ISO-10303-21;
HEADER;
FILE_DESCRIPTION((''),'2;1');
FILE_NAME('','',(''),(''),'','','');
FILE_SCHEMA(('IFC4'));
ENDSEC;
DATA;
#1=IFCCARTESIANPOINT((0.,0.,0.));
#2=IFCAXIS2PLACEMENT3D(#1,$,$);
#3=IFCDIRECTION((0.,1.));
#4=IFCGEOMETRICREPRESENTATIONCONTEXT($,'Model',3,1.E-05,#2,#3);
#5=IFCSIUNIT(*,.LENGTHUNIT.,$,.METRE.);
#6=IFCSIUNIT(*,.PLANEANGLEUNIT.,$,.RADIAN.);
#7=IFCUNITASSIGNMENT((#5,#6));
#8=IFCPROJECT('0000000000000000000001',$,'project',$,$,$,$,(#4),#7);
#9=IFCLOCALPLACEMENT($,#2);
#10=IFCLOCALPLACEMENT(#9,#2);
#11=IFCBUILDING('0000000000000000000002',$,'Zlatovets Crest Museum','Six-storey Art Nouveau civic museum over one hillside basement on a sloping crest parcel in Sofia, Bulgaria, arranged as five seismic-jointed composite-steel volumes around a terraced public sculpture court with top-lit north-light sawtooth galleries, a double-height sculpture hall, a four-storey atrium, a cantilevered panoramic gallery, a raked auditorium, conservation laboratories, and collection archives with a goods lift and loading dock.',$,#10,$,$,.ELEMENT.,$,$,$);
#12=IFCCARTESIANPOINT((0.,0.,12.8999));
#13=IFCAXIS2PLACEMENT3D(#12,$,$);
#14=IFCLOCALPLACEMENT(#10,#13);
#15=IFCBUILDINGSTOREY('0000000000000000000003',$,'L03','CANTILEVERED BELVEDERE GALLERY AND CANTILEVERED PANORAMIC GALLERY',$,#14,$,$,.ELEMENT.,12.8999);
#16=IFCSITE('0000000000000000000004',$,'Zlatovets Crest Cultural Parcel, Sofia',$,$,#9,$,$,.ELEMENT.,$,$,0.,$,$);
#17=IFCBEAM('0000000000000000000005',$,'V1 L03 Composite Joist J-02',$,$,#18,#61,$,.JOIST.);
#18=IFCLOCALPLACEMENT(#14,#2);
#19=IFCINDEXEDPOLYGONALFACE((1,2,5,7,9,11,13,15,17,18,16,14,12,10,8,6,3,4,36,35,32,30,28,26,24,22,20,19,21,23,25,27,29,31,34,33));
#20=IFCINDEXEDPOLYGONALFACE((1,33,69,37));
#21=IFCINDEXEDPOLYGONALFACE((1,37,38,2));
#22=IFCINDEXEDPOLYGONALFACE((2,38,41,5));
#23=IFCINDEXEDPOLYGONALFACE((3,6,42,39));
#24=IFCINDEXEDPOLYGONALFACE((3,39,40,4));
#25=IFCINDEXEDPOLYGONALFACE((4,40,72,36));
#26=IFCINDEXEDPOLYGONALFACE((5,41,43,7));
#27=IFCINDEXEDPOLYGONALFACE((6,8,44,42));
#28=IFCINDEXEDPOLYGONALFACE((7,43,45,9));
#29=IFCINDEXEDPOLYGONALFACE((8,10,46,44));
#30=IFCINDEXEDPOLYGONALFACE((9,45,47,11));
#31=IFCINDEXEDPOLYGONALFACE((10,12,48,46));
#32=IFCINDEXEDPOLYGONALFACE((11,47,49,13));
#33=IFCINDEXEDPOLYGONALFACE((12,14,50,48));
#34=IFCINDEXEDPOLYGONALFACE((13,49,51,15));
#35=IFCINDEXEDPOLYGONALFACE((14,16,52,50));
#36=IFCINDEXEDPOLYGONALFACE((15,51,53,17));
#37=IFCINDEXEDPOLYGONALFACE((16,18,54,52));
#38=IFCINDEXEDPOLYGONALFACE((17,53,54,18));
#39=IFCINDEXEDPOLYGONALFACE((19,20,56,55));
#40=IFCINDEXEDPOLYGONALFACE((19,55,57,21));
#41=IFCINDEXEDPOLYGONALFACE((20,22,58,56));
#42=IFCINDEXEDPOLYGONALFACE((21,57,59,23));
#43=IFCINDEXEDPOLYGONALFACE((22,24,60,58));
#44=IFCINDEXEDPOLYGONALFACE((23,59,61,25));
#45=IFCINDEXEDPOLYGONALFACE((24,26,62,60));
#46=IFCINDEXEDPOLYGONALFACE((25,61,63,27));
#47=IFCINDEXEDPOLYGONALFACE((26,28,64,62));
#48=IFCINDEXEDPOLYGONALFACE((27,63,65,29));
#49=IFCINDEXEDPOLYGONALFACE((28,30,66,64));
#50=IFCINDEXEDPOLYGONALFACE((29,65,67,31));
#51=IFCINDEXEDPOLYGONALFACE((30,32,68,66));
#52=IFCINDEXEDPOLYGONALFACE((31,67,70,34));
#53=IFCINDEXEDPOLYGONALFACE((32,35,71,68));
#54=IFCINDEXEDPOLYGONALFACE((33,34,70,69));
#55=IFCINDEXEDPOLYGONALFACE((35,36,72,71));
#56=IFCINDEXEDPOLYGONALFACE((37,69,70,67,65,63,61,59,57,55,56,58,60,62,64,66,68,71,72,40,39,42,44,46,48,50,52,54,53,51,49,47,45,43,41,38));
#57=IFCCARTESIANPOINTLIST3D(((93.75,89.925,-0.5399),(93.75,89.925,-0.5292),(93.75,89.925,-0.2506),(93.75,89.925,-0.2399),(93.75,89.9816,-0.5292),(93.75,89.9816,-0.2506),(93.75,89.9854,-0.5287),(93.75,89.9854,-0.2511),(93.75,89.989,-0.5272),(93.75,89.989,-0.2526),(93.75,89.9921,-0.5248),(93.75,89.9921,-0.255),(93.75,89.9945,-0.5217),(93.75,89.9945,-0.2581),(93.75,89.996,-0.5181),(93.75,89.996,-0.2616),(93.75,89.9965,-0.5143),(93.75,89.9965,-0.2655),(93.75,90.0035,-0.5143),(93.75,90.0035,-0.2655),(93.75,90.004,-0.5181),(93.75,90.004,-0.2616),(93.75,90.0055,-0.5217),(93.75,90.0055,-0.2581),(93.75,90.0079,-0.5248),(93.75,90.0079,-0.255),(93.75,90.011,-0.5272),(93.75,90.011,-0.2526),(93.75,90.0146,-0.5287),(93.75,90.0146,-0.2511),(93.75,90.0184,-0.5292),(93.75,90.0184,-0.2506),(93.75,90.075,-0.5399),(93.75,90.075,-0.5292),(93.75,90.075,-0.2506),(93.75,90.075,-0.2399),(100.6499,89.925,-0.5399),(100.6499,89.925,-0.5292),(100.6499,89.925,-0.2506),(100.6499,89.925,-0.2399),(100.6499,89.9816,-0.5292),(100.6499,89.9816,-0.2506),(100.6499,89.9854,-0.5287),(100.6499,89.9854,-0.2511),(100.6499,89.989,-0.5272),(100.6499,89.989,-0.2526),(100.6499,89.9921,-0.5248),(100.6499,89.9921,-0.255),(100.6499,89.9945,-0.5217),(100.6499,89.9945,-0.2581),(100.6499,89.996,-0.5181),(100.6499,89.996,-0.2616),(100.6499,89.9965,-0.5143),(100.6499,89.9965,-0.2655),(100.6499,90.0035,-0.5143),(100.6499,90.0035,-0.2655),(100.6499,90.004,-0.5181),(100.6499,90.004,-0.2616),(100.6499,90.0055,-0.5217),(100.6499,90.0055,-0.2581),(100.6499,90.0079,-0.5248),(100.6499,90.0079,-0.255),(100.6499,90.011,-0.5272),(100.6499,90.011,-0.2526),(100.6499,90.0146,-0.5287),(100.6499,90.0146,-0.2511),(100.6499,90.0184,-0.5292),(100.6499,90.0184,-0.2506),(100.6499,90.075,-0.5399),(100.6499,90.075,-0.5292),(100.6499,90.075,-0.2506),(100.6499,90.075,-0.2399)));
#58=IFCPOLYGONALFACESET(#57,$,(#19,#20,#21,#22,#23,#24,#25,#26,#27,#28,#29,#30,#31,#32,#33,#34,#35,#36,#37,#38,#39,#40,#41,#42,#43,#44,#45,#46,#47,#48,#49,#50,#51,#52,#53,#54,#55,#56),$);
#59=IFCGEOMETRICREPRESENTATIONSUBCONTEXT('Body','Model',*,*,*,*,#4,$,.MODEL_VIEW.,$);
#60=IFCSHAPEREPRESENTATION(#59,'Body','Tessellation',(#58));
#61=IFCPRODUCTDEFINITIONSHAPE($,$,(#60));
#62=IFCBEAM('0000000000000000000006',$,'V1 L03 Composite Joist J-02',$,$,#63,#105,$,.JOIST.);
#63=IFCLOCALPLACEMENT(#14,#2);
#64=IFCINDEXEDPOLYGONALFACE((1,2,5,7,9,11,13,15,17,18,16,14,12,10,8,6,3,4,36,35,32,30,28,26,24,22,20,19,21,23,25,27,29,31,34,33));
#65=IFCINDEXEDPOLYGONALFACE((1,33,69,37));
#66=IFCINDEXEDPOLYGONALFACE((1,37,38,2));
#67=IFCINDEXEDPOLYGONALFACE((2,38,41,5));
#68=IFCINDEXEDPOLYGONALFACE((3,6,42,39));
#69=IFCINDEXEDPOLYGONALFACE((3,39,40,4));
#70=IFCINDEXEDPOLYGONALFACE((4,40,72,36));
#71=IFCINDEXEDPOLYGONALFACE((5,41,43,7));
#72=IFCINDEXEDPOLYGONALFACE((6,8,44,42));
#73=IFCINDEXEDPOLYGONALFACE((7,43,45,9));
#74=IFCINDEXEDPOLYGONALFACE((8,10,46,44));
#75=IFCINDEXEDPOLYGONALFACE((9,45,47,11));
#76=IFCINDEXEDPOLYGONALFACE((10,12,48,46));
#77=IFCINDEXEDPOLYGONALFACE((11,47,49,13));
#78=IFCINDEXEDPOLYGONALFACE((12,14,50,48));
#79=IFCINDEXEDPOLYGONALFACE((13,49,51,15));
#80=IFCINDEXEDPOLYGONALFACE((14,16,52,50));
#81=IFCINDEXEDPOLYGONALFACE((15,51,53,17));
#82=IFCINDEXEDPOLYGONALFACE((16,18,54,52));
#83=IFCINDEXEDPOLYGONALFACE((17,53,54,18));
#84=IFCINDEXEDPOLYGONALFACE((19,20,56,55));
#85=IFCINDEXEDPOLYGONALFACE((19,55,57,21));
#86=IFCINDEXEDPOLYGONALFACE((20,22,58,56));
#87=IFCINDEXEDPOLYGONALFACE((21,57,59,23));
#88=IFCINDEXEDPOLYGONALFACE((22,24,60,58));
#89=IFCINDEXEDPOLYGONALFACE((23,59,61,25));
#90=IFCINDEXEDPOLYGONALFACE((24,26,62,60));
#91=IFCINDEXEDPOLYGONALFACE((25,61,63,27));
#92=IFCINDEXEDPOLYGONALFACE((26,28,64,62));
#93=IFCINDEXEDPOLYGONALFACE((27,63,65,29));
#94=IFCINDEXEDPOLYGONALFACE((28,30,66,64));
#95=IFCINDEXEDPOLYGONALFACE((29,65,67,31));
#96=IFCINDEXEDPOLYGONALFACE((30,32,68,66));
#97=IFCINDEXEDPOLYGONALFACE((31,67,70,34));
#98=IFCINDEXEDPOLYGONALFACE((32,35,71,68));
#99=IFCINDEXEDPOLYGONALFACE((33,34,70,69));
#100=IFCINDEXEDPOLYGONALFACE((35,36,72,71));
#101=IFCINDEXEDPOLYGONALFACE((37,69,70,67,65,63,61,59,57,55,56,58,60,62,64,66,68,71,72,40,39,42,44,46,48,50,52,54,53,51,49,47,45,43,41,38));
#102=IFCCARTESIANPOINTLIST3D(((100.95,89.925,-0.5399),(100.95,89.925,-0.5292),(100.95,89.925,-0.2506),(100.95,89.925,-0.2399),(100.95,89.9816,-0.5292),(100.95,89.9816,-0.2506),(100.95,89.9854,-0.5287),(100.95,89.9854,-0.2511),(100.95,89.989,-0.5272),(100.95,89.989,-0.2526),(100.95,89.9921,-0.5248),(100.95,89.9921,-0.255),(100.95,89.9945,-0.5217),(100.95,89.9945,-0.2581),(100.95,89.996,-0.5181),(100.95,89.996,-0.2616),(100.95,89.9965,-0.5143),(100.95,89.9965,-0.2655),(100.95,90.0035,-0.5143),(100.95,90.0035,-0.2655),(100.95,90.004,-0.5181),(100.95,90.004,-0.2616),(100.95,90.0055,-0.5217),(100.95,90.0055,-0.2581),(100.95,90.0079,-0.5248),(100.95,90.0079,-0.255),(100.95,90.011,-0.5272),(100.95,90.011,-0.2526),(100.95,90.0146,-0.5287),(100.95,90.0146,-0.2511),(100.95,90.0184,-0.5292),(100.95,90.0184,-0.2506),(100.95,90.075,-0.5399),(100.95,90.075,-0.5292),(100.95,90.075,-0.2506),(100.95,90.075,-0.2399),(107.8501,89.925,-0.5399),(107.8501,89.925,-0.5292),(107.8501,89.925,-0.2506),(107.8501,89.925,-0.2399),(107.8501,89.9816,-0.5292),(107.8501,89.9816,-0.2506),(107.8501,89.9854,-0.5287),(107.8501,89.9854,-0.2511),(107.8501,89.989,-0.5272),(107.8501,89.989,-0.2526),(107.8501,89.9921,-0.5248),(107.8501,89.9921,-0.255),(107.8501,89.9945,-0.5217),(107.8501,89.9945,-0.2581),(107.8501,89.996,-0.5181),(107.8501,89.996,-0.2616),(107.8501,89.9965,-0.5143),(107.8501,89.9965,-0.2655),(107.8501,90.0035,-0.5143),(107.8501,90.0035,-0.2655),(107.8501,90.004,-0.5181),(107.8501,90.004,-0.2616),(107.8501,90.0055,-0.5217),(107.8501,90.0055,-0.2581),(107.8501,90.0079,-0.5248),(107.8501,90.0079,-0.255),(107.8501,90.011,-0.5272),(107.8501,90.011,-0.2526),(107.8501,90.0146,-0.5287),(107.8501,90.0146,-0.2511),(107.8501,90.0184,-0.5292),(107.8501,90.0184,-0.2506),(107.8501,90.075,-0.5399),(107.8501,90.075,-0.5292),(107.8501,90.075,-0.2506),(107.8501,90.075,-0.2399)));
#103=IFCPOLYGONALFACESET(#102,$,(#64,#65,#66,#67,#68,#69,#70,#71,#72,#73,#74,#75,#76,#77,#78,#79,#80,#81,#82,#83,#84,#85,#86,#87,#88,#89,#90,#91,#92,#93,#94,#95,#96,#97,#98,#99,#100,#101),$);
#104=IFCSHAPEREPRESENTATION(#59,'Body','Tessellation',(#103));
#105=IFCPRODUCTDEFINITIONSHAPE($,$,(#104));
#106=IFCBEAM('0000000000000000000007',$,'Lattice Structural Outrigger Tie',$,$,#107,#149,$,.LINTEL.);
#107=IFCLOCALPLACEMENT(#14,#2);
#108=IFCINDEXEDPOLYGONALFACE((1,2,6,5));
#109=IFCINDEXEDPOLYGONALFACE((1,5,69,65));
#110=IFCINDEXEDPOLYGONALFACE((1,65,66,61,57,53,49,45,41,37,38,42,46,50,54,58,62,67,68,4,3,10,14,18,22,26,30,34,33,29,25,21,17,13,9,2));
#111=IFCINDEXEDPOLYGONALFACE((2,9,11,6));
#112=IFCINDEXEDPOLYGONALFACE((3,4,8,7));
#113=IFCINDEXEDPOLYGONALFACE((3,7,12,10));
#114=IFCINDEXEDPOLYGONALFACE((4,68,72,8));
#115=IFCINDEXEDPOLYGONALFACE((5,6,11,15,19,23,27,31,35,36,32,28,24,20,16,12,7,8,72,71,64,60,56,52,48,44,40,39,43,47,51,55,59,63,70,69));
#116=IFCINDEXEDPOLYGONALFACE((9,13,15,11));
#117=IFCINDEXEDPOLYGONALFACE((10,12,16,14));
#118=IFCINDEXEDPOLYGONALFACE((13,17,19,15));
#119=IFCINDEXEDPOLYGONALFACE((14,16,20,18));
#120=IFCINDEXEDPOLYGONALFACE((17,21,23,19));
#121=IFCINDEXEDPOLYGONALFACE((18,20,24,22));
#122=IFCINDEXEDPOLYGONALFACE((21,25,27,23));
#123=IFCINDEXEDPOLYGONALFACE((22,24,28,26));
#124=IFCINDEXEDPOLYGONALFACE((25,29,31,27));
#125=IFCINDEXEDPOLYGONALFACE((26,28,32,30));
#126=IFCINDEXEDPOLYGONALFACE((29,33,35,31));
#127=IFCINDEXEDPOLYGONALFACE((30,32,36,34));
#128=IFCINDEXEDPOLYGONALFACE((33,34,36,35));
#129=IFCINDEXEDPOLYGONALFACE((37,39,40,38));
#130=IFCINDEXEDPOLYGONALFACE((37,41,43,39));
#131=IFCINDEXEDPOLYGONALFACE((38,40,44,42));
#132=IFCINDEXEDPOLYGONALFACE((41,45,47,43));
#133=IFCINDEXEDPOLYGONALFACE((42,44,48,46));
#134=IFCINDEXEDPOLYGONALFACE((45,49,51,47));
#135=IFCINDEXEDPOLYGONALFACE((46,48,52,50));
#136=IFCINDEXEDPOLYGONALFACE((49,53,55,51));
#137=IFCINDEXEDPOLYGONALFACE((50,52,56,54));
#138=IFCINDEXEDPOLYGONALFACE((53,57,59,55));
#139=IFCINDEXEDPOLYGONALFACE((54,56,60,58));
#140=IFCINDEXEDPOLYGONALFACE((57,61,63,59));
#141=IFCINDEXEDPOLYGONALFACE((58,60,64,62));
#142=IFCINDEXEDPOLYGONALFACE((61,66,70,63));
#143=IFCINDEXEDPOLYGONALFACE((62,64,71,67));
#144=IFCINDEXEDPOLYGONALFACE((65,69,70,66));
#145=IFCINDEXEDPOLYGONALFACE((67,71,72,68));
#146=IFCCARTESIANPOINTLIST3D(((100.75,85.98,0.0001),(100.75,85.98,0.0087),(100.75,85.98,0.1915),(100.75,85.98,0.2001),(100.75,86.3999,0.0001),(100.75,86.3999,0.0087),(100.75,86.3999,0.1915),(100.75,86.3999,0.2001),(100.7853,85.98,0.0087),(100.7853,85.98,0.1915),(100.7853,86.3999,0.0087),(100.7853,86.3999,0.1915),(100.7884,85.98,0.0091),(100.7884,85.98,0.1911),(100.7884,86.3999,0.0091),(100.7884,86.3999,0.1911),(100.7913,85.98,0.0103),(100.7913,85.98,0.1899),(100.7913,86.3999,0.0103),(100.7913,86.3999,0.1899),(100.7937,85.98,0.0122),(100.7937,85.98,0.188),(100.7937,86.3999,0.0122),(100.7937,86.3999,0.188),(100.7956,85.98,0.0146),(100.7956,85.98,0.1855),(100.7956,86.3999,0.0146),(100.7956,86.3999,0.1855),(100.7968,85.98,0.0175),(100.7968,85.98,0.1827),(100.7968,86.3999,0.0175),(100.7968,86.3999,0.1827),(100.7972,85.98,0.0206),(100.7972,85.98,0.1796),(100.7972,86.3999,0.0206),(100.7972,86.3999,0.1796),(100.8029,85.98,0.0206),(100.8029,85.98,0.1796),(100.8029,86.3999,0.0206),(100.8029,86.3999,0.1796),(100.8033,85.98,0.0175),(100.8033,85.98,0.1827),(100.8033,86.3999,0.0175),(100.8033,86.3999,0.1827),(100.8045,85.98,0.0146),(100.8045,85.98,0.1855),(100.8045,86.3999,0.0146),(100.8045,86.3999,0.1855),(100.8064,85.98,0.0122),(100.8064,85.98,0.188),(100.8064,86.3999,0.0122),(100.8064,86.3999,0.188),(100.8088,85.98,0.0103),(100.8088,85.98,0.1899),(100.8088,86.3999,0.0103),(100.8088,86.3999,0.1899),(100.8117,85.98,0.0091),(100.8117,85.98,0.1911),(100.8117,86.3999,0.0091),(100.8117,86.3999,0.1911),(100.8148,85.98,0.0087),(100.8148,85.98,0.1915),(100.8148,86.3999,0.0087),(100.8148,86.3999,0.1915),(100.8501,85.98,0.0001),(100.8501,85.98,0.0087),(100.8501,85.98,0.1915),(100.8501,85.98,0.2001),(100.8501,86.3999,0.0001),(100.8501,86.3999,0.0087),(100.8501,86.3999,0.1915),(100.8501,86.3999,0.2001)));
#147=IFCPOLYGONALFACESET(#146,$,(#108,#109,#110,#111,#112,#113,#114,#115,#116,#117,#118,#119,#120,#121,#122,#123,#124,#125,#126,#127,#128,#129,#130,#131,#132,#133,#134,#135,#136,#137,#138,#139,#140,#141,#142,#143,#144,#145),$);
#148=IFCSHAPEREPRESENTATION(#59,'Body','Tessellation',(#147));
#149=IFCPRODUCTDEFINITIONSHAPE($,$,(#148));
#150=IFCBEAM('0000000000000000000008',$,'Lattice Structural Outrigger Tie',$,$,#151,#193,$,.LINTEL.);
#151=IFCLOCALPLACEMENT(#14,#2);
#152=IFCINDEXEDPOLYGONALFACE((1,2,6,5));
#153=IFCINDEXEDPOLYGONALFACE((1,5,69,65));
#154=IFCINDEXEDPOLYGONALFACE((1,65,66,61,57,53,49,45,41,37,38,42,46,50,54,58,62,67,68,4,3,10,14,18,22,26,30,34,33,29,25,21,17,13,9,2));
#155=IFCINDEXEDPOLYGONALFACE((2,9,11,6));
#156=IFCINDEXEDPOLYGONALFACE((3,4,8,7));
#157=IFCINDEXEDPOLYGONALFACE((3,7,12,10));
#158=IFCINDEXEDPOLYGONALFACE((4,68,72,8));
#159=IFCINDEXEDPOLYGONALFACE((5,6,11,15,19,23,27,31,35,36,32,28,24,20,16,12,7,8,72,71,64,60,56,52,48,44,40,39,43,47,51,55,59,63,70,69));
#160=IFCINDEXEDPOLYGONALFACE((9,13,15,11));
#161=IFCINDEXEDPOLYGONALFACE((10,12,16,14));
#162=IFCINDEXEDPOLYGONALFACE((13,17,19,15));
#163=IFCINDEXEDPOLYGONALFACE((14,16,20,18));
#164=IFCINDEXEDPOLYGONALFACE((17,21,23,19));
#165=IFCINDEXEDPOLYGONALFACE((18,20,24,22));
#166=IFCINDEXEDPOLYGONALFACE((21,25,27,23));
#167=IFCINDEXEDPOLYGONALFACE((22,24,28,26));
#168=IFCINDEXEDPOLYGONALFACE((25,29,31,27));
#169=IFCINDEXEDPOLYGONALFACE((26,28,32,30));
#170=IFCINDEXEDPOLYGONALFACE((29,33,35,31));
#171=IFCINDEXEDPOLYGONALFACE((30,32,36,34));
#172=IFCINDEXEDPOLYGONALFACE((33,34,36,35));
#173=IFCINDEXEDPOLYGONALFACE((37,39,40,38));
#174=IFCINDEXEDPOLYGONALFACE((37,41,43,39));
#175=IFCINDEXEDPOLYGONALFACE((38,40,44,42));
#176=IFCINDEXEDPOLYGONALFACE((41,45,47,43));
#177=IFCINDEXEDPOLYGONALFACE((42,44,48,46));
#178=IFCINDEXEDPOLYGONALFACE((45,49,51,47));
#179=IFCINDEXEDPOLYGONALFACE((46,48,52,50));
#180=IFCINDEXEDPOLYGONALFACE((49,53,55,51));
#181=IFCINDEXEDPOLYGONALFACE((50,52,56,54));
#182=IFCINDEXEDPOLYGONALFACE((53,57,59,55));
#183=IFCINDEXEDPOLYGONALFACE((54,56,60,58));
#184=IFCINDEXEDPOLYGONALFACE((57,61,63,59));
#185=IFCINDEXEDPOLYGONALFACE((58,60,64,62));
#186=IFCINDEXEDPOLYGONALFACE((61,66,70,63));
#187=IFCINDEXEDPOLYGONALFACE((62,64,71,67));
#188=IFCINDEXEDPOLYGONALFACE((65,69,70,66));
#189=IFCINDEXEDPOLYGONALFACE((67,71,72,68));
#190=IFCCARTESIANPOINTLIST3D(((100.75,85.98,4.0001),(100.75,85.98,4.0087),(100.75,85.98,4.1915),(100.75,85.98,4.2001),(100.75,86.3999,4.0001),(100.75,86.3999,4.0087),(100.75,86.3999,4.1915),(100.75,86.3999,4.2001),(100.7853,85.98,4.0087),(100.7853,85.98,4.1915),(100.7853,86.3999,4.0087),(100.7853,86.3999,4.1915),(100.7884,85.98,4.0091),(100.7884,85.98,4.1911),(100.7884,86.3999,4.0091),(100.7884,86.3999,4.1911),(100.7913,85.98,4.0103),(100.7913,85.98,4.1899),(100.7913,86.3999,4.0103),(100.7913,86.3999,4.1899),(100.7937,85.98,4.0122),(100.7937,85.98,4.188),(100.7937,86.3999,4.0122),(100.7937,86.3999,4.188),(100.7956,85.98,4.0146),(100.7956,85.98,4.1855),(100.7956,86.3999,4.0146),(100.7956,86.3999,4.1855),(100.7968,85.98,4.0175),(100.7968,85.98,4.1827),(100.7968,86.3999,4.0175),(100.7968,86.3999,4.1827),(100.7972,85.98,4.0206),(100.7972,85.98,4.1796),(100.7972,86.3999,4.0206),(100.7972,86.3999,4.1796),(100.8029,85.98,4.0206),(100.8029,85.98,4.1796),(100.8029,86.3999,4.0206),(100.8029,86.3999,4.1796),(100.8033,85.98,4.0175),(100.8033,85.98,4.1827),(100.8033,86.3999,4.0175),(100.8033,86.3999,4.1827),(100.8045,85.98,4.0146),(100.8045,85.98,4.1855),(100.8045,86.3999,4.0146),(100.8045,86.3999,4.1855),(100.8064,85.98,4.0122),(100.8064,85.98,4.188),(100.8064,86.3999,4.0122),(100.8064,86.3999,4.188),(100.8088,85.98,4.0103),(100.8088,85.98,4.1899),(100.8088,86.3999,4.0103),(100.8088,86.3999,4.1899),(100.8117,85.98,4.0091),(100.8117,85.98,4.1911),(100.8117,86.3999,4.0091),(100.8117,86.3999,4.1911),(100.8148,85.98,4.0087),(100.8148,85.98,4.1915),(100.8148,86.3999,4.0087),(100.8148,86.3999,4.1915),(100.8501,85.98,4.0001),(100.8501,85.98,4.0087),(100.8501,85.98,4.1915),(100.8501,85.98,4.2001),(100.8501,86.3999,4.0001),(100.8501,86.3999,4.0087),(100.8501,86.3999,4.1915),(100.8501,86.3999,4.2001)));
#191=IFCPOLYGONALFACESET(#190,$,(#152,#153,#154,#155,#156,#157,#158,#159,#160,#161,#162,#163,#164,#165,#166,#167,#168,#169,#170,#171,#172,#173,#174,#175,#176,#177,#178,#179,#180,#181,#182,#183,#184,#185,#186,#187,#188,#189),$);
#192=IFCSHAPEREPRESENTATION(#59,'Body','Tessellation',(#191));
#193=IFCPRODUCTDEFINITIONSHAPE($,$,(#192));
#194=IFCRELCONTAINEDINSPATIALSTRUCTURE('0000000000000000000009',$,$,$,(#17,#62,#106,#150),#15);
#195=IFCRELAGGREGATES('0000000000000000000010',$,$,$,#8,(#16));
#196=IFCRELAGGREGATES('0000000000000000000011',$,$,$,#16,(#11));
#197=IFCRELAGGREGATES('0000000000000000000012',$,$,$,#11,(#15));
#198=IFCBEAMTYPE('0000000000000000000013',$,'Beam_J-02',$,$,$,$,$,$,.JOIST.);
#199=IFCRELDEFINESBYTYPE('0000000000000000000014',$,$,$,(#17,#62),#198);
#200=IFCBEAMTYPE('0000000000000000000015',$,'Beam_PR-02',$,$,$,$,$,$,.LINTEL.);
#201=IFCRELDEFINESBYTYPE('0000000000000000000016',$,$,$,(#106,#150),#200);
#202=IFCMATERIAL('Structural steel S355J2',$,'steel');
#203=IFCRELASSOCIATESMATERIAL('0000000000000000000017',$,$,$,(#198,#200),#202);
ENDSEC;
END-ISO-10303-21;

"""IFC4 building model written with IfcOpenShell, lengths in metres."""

from ifc_helpers import new_model, si_unit, direction, frame, origin, origin_2d, place, context, subcontext, project, spatial, i_section, extrude, material, material_profile, profile_set, type_object, element, save


model = new_model("IFC4")

# Units and contexts
model_context = context("Model", 3, precision=1e-05, world=origin(), true_north=direction((0.0, 1.0)))
body_context = subcontext(model_context, "Body", "Model", "MODEL_VIEW")
ifc_project = project(units=[si_unit("LENGTHUNIT", "METRE"), si_unit("PLANEANGLEUNIT", "RADIAN")], contexts=[model_context])

# Site, building, storey
site_placement = place(None, origin())
site = spatial("IfcSite", under=ifc_project, at=site_placement, Name="Zlatovets Crest Cultural Parcel, Sofia", CompositionType="ELEMENT", RefElevation=0.0)
building_placement = place(site_placement, origin())
building = spatial("IfcBuilding", under=site, at=building_placement, Name="Zlatovets Crest Museum", Description="Six-storey Art Nouveau civic museum over one hillside basement on a sloping crest parcel in Sofia, Bulgaria, arranged as five seismic-jointed composite-steel volumes around a terraced public sculpture court with top-lit north-light sawtooth galleries, a double-height sculpture hall, a four-storey atrium, a cantilevered panoramic gallery, a raked auditorium, conservation laboratories, and collection archives with a goods lift and loading dock.", CompositionType="ELEMENT")
storey_placement = place(building_placement, frame((0.0, 0.0, 12.8999)))
storey = spatial("IfcBuildingStorey", under=building, at=storey_placement, Name="L03", Description="CANTILEVERED BELVEDERE GALLERY AND CANTILEVERED PANORAMIC GALLERY", CompositionType="ELEMENT", Elevation=12.8999)

# Shared definitions
ifc_material_1 = material(Name="Structural steel S355J2", Category="steel")

# Beams
ifc_material_profile_1 = material_profile(ifc_material_1, i_section(OverallWidth=0.1499, OverallDepth=0.3, WebThickness=0.0071, FlangeThickness=0.0107, FilletRadius=0.0149, at=origin_2d()), Name="IPE 300")
ifc_profile_set_1 = profile_set([ifc_material_profile_1], Name="Structural steel S355J2")
beam_type_1 = type_object("IfcBeamType", Name="Beam_J-02", PredefinedType="JOIST", material=ifc_profile_set_1)
beam_1_placement = place(storey_placement, frame((93.75, 90.0, -0.3899), z_axis=(1.0, 0.0, 0.0), x_axis=(0.0, 1.0, 0.0)))
element("IfcBeam", 1, at=beam_1_placement, inside=storey, type_object=beam_type_1, Name="V1 L03 Composite Joist J-02", PredefinedType="JOIST", context=body_context, shape_type="SweptSolid", body=[
    extrude(i_section(OverallWidth=0.1499, OverallDepth=0.3, WebThickness=0.0071, FlangeThickness=0.0107, FilletRadius=0.0149, at=origin_2d()), origin(), (0.0, 0.0, 1.0), 6.8999),
])
beam_2_placement = place(storey_placement, frame((100.95, 90.0, -0.3899), z_axis=(1.0, 0.0, 0.0), x_axis=(0.0, 1.0, 0.0)))
element("IfcBeam", 2, at=beam_2_placement, inside=storey, type_object=beam_type_1, Name="V1 L03 Composite Joist J-02", PredefinedType="JOIST", context=body_context, shape_type="SweptSolid", body=[
    extrude(i_section(OverallWidth=0.1499, OverallDepth=0.3, WebThickness=0.0071, FlangeThickness=0.0107, FilletRadius=0.0149, at=origin_2d()), origin(), (0.0, 0.0, 1.0), 6.9001),
])
ifc_material_profile_2 = material_profile(ifc_material_1, i_section(OverallWidth=0.1001, OverallDepth=0.2, WebThickness=0.0056, FlangeThickness=0.0085, FilletRadius=0.012, at=origin_2d()), Name="IPE 200")
ifc_profile_set_2 = profile_set([ifc_material_profile_2], Name="Structural steel S355J2")
beam_type_2 = type_object("IfcBeamType", Name="Beam_PR-02", PredefinedType="LINTEL", material=ifc_profile_set_2)
for number, where, z_axis, x_axis, name in (
    (3, (100.8, 86.3999, 0.1001), (0.0, -1.0, 0.0), (1.0, 0.0, 0.0), "Lattice Structural Outrigger Tie"),
    (4, (100.8, 86.3999, 4.1001), (0.0, -1.0, 0.0), (1.0, 0.0, 0.0), "Lattice Structural Outrigger Tie"),
):
    element("IfcBeam", number, at=place(storey_placement, frame(where, z_axis=z_axis, x_axis=x_axis)), inside=storey, type_object=beam_type_2, Name=name, PredefinedType="LINTEL", context=body_context, shape_type="SweptSolid", body=[
        extrude(i_section(OverallWidth=0.1001, OverallDepth=0.2, WebThickness=0.0056, FlangeThickness=0.0085, FilletRadius=0.012, at=origin_2d()), origin(), (0.0, 0.0, 1.0), 0.4199),
    ])

save(model, "model.ifc")
